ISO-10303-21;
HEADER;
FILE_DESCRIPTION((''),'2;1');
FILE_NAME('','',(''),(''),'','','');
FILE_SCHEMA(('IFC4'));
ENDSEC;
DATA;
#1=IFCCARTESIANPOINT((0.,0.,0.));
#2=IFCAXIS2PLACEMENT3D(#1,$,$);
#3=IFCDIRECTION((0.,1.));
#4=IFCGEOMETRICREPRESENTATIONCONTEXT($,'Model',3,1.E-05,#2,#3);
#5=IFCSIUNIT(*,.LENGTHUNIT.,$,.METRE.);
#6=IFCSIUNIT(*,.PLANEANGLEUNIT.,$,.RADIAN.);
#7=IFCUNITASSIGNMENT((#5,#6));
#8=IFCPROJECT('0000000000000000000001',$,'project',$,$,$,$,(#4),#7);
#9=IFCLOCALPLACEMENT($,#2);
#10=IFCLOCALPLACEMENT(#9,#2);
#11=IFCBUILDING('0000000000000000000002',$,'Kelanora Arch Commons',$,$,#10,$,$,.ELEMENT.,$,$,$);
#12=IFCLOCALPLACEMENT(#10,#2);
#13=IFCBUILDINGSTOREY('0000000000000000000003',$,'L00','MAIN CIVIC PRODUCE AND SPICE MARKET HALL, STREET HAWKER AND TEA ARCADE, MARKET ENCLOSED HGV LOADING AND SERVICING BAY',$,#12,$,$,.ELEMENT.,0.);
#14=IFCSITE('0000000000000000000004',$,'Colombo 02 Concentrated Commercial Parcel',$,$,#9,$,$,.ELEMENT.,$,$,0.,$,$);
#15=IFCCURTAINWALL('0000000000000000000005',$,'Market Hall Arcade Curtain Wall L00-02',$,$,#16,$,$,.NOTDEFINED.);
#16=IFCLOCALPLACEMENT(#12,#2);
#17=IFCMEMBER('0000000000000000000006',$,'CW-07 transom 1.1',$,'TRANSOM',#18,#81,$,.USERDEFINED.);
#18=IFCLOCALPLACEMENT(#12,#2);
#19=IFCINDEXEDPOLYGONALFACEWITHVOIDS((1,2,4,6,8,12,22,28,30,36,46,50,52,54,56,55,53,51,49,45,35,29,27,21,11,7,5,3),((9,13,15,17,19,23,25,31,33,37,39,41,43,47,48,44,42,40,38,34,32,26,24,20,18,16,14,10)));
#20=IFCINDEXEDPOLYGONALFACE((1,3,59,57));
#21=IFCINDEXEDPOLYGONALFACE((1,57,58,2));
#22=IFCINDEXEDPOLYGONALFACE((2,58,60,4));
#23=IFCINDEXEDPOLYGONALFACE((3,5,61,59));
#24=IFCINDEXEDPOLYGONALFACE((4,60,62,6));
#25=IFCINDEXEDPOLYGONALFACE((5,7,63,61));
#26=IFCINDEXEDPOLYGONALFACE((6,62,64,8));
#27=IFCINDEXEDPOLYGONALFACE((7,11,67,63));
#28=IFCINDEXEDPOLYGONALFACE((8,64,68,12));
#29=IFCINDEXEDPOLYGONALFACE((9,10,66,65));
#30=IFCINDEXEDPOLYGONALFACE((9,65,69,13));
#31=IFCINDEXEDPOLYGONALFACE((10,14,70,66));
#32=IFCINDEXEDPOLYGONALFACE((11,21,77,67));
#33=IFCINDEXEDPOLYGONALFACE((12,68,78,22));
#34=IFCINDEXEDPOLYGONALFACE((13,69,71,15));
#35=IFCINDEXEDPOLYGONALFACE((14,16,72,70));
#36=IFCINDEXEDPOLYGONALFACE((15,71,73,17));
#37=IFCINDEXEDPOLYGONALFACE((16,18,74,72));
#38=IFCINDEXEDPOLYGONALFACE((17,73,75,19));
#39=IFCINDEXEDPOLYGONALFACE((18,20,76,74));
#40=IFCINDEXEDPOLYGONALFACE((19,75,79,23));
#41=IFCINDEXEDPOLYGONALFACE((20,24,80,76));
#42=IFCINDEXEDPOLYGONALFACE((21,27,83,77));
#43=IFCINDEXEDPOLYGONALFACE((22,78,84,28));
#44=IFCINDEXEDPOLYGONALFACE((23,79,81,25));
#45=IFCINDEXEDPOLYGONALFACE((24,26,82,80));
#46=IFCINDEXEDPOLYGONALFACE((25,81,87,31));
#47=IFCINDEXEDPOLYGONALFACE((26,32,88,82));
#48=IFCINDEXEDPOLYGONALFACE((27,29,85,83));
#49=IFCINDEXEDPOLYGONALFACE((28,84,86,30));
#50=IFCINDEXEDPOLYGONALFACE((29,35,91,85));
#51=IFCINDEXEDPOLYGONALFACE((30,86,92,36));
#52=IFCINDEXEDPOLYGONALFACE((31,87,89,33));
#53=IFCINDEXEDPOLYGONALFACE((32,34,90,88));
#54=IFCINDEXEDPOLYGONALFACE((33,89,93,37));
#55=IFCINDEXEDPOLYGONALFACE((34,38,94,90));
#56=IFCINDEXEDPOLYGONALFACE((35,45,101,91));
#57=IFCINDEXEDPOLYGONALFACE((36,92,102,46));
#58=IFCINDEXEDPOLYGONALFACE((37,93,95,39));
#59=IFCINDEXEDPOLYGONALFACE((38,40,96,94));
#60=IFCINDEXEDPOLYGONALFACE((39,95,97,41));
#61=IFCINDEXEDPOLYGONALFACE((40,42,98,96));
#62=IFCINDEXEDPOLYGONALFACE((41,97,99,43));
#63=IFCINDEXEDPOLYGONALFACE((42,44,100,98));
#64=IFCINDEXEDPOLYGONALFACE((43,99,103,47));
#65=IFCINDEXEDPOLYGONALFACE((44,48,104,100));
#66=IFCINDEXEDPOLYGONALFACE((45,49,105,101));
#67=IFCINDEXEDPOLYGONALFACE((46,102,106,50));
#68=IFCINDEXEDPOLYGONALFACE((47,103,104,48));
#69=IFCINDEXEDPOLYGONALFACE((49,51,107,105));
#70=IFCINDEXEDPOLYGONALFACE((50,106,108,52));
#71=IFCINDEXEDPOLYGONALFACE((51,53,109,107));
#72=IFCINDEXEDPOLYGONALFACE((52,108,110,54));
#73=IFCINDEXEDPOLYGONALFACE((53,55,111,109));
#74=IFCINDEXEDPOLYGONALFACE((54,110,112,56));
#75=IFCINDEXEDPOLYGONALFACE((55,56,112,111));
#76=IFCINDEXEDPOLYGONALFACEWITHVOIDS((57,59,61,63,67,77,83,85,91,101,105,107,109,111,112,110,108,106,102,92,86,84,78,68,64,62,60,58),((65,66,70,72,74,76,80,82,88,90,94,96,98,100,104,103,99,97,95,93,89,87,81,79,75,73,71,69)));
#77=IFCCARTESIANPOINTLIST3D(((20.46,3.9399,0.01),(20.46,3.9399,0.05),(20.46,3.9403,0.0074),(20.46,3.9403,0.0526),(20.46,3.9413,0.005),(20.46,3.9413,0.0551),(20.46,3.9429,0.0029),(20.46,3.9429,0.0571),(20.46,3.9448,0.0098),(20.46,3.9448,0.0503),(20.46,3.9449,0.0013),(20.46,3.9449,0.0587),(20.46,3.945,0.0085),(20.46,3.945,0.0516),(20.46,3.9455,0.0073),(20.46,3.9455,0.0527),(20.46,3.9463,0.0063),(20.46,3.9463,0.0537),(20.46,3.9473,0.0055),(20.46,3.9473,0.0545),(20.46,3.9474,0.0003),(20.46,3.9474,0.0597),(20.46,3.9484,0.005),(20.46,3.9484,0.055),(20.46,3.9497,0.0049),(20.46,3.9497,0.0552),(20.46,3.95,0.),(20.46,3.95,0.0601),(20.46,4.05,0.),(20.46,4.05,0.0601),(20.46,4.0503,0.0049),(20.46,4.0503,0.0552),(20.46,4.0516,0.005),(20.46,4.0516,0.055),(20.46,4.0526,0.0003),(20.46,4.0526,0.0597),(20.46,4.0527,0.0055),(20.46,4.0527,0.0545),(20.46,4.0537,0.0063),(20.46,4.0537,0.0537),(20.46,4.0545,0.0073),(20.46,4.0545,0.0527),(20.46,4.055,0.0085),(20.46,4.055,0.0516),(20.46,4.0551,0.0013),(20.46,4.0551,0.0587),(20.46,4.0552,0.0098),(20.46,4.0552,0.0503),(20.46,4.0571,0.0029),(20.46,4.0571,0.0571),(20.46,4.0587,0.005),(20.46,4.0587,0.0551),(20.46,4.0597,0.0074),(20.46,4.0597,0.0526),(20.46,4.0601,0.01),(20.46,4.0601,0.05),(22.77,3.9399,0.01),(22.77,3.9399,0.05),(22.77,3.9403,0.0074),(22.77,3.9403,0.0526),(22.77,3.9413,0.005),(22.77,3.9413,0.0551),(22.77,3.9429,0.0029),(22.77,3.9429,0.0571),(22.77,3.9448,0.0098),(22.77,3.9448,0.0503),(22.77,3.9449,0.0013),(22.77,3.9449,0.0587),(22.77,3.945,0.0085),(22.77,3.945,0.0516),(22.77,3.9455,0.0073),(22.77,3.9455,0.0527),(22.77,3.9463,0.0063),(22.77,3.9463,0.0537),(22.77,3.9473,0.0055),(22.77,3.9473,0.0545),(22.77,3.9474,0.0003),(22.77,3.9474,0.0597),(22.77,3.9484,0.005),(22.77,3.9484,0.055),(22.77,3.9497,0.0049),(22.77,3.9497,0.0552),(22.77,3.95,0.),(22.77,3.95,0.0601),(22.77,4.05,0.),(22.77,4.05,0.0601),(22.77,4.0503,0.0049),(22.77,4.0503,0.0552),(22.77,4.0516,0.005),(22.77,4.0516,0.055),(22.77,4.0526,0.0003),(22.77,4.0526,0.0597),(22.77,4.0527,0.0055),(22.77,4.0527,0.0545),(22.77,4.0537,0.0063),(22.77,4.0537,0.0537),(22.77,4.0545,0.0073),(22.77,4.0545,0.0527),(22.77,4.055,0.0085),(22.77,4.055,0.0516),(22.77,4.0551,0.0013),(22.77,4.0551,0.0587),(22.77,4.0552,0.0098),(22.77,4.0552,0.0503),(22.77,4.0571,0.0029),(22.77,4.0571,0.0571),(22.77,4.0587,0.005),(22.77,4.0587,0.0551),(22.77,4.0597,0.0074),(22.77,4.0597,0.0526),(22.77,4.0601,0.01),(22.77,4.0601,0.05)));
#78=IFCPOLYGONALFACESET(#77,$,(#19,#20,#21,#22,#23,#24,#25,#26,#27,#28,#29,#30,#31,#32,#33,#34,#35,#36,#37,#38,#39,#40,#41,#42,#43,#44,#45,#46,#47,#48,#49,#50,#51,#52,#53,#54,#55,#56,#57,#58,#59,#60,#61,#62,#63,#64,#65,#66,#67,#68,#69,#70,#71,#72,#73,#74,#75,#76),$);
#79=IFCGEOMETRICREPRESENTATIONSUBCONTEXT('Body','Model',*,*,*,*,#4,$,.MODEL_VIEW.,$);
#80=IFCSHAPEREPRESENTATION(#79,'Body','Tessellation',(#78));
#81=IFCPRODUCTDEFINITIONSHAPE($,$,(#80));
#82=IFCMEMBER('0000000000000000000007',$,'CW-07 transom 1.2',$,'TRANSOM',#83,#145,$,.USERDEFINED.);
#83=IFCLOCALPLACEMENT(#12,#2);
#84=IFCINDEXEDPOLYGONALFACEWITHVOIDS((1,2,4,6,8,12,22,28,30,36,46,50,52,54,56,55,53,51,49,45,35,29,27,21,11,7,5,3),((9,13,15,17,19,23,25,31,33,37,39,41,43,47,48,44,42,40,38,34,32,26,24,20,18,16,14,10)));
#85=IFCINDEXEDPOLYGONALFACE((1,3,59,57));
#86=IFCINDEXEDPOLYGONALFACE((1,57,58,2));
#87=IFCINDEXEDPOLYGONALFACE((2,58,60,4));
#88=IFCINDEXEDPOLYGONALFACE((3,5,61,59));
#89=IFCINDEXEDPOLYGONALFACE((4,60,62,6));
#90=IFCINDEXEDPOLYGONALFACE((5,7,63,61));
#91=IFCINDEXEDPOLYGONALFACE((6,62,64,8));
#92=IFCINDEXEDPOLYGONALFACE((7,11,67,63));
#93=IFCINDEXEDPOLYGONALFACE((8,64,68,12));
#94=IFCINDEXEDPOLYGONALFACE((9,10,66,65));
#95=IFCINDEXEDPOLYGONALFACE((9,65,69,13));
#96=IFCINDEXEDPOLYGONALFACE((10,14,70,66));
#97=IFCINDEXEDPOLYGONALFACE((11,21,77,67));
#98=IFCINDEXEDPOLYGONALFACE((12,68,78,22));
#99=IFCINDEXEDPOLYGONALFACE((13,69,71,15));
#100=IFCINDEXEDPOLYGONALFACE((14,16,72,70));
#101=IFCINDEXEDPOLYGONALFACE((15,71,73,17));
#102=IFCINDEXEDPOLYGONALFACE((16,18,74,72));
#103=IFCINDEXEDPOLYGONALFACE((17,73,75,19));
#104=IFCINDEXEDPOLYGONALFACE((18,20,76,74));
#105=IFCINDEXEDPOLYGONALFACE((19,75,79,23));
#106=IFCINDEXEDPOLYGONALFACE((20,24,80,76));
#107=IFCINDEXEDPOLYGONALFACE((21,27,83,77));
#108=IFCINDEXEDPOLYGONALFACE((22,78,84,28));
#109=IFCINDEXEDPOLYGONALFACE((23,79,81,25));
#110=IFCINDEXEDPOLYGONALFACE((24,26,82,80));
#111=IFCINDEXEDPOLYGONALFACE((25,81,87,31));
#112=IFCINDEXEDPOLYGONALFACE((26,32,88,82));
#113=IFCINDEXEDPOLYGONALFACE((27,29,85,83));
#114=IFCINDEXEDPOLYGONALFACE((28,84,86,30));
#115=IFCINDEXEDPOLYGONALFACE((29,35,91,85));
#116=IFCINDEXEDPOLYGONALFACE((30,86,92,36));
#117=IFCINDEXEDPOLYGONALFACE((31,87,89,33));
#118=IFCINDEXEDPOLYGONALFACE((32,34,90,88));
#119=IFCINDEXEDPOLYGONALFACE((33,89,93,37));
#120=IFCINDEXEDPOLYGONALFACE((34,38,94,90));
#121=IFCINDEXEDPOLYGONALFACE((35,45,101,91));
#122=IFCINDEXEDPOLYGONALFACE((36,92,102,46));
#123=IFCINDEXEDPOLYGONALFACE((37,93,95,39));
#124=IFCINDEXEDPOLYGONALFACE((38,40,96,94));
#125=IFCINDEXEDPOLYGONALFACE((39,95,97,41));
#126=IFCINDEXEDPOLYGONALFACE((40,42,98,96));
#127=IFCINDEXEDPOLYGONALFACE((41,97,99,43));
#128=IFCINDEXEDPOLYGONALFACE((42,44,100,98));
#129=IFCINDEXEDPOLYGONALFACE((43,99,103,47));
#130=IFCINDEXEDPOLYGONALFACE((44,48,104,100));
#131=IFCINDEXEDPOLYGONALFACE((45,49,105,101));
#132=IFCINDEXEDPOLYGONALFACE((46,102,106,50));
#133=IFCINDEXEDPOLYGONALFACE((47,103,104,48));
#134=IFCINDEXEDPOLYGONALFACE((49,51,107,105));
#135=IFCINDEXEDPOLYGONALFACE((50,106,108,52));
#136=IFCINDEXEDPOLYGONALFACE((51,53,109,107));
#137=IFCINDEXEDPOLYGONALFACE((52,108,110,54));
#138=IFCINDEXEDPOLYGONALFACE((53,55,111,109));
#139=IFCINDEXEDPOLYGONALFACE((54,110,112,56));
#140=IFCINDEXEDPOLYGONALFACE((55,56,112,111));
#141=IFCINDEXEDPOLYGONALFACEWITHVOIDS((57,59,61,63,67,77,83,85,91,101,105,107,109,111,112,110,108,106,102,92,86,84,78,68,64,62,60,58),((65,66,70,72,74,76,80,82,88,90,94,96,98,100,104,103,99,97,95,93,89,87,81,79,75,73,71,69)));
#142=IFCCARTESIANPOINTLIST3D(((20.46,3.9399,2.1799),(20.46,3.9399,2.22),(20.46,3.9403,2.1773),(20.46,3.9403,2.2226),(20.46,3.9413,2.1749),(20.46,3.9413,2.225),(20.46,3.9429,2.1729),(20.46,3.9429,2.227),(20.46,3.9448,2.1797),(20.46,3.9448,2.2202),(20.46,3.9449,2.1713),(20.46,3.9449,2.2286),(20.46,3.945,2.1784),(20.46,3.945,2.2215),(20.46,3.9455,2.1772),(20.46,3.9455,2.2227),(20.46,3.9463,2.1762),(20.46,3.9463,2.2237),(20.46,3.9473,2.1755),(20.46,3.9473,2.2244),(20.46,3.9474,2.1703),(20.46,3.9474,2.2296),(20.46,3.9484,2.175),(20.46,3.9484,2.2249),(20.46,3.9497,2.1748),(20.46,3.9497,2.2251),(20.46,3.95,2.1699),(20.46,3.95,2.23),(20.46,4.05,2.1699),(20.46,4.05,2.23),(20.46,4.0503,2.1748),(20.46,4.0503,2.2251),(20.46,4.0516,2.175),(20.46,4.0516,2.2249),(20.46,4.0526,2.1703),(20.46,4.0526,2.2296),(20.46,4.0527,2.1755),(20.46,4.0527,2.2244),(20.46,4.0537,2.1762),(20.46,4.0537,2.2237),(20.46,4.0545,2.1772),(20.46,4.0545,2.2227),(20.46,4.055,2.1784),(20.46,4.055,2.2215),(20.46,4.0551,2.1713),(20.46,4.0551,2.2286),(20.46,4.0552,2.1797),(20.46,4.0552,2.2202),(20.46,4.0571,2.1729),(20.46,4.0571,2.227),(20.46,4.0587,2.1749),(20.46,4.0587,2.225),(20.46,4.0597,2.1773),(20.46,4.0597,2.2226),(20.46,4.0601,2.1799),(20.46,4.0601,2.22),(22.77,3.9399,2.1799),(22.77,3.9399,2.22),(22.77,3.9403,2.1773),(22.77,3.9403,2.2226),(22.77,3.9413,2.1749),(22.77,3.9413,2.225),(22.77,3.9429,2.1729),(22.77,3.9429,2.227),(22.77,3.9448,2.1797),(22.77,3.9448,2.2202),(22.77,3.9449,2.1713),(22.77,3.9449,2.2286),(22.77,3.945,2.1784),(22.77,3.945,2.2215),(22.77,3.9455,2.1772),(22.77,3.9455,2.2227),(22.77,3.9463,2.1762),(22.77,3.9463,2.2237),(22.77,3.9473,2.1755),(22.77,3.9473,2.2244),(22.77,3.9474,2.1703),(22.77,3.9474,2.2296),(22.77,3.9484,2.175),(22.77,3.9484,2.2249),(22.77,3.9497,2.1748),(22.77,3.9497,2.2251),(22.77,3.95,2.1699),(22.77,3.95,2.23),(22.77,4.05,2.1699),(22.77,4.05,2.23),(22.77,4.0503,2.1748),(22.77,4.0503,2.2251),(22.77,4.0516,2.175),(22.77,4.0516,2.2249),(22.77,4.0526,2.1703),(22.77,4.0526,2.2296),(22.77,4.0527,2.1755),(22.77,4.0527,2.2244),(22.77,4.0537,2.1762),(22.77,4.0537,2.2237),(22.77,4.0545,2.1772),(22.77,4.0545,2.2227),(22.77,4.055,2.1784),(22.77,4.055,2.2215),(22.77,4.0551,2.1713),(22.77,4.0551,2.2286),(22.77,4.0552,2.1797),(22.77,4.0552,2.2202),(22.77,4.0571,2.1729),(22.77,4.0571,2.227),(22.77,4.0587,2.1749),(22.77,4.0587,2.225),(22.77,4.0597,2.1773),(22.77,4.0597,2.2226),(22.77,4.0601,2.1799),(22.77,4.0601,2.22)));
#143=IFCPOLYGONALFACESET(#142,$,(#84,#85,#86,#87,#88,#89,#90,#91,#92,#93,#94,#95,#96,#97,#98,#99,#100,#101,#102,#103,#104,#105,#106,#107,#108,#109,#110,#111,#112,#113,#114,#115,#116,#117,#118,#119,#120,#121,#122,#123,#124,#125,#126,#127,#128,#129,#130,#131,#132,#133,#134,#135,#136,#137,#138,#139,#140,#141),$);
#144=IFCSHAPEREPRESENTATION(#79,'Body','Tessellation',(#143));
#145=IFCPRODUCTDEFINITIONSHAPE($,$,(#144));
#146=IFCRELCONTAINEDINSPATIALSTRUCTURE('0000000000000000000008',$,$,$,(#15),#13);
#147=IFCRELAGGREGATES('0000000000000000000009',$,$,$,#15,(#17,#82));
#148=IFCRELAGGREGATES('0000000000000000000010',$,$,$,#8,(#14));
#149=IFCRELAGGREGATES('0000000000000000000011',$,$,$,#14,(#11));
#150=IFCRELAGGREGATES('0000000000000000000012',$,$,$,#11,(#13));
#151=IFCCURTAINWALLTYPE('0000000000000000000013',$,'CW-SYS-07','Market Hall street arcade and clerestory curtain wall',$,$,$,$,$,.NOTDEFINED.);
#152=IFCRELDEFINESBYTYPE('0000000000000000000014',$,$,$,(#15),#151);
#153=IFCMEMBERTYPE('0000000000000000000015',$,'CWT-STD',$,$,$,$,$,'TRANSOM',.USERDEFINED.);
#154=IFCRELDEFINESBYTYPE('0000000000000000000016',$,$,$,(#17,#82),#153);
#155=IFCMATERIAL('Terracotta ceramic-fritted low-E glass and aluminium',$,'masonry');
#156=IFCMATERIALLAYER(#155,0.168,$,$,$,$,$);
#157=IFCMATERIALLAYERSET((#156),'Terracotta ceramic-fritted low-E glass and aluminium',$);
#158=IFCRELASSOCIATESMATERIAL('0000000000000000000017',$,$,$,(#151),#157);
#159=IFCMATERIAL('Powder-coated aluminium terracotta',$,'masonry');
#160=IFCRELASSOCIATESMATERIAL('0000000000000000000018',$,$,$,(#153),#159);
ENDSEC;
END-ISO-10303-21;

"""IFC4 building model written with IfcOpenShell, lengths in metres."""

from ifc_helpers import new_model, si_unit, direction, frame, origin, origin_2d, place, context, subcontext, project, spatial, hollow_rectangle, extrude, material, layer, layer_set, material_profile, profile_set, type_object, element, aggregate, save


model = new_model("IFC4")

# Units and contexts
model_context = context("Model", 3, precision=1e-05, world=origin(), true_north=direction((0.0, 1.0)))
body_context = subcontext(model_context, "Body", "Model", "MODEL_VIEW")
ifc_project = project(units=[si_unit("LENGTHUNIT", "METRE"), si_unit("PLANEANGLEUNIT", "RADIAN")], contexts=[model_context])

# Site, building, storey
site_placement = place(None, origin())
site = spatial("IfcSite", under=ifc_project, at=site_placement, Name="Colombo 02 Concentrated Commercial Parcel", CompositionType="ELEMENT", RefElevation=0.0)
building_placement = place(site_placement, origin())
building = spatial("IfcBuilding", under=site, at=building_placement, Name="Kelanora Arch Commons", CompositionType="ELEMENT")
storey_placement = place(building_placement, origin())
storey = spatial("IfcBuildingStorey", under=building, at=storey_placement, Name="L00", Description="MAIN CIVIC PRODUCE AND SPICE MARKET HALL, STREET HAWKER AND TEA ARCADE, MARKET ENCLOSED HGV LOADING AND SERVICING BAY", CompositionType="ELEMENT", Elevation=0.0)

# Curtain wall, members
ifc_material_1 = material(Name="Terracotta ceramic-fritted low-E glass and aluminium", Category="masonry")
ifc_layer_1 = layer(ifc_material_1, 0.168)
ifc_layer_set_1 = layer_set([ifc_layer_1], Name="Terracotta ceramic-fritted low-E glass and aluminium")
curtain_wall_type = type_object("IfcCurtainWallType", Name="CW-SYS-07", Description="Market Hall street arcade and clerestory curtain wall", PredefinedType="NOTDEFINED", material=ifc_layer_set_1)
curtain_wall_placement = place(storey_placement, origin())
curtain_wall = element("IfcCurtainWall", 1, at=curtain_wall_placement, inside=storey, type_object=curtain_wall_type, Name="Market Hall Arcade Curtain Wall L00-02", PredefinedType="NOTDEFINED")
ifc_material_2 = material(Name="Powder-coated aluminium terracotta", Category="masonry")
ifc_material_profile_1 = material_profile(ifc_material_2, hollow_rectangle(XDim=0.1201, YDim=0.0601, WallThickness=0.0049, InnerFilletRadius=0.0049, OuterFilletRadius=0.01, at=origin_2d()), Name="CWT120x60")
ifc_profile_set_1 = profile_set([ifc_material_profile_1], Name="Powder-coated aluminium terracotta")
member_type_1 = type_object("IfcMemberType", Name="CWT-STD", ElementType="TRANSOM", PredefinedType="USERDEFINED", material=ifc_profile_set_1)
member_1_placement = place(storey_placement, frame((20.46, 4.0, 0.03), z_axis=(1.0, 0.0, 0.0), x_axis=(0.0, 1.0, 0.0)))
member_1 = element("IfcMember", 2, at=member_1_placement, type_object=member_type_1, Name="CW-07 transom 1.1", ObjectType="TRANSOM", PredefinedType="USERDEFINED", context=body_context, shape_type="SweptSolid", body=[
    extrude(hollow_rectangle(XDim=0.1201, YDim=0.0601, WallThickness=0.0049, InnerFilletRadius=0.0049, OuterFilletRadius=0.01, at=origin_2d()), origin(), (0.0, 0.0, 1.0), 2.3101),
])
member_2_placement = place(storey_placement, frame((20.46, 4.0, 2.2), z_axis=(1.0, 0.0, 0.0), x_axis=(0.0, 1.0, 0.0)))
member_2 = element("IfcMember", 3, at=member_2_placement, type_object=member_type_1, Name="CW-07 transom 1.2", ObjectType="TRANSOM", PredefinedType="USERDEFINED", context=body_context, shape_type="SweptSolid", body=[
    extrude(hollow_rectangle(XDim=0.1201, YDim=0.0601, WallThickness=0.0049, InnerFilletRadius=0.0049, OuterFilletRadius=0.01, at=origin_2d()), origin(), (0.0, 0.0, 1.0), 2.3101),
])
aggregate(curtain_wall, [member_1, member_2])

save(model, "model.ifc")
